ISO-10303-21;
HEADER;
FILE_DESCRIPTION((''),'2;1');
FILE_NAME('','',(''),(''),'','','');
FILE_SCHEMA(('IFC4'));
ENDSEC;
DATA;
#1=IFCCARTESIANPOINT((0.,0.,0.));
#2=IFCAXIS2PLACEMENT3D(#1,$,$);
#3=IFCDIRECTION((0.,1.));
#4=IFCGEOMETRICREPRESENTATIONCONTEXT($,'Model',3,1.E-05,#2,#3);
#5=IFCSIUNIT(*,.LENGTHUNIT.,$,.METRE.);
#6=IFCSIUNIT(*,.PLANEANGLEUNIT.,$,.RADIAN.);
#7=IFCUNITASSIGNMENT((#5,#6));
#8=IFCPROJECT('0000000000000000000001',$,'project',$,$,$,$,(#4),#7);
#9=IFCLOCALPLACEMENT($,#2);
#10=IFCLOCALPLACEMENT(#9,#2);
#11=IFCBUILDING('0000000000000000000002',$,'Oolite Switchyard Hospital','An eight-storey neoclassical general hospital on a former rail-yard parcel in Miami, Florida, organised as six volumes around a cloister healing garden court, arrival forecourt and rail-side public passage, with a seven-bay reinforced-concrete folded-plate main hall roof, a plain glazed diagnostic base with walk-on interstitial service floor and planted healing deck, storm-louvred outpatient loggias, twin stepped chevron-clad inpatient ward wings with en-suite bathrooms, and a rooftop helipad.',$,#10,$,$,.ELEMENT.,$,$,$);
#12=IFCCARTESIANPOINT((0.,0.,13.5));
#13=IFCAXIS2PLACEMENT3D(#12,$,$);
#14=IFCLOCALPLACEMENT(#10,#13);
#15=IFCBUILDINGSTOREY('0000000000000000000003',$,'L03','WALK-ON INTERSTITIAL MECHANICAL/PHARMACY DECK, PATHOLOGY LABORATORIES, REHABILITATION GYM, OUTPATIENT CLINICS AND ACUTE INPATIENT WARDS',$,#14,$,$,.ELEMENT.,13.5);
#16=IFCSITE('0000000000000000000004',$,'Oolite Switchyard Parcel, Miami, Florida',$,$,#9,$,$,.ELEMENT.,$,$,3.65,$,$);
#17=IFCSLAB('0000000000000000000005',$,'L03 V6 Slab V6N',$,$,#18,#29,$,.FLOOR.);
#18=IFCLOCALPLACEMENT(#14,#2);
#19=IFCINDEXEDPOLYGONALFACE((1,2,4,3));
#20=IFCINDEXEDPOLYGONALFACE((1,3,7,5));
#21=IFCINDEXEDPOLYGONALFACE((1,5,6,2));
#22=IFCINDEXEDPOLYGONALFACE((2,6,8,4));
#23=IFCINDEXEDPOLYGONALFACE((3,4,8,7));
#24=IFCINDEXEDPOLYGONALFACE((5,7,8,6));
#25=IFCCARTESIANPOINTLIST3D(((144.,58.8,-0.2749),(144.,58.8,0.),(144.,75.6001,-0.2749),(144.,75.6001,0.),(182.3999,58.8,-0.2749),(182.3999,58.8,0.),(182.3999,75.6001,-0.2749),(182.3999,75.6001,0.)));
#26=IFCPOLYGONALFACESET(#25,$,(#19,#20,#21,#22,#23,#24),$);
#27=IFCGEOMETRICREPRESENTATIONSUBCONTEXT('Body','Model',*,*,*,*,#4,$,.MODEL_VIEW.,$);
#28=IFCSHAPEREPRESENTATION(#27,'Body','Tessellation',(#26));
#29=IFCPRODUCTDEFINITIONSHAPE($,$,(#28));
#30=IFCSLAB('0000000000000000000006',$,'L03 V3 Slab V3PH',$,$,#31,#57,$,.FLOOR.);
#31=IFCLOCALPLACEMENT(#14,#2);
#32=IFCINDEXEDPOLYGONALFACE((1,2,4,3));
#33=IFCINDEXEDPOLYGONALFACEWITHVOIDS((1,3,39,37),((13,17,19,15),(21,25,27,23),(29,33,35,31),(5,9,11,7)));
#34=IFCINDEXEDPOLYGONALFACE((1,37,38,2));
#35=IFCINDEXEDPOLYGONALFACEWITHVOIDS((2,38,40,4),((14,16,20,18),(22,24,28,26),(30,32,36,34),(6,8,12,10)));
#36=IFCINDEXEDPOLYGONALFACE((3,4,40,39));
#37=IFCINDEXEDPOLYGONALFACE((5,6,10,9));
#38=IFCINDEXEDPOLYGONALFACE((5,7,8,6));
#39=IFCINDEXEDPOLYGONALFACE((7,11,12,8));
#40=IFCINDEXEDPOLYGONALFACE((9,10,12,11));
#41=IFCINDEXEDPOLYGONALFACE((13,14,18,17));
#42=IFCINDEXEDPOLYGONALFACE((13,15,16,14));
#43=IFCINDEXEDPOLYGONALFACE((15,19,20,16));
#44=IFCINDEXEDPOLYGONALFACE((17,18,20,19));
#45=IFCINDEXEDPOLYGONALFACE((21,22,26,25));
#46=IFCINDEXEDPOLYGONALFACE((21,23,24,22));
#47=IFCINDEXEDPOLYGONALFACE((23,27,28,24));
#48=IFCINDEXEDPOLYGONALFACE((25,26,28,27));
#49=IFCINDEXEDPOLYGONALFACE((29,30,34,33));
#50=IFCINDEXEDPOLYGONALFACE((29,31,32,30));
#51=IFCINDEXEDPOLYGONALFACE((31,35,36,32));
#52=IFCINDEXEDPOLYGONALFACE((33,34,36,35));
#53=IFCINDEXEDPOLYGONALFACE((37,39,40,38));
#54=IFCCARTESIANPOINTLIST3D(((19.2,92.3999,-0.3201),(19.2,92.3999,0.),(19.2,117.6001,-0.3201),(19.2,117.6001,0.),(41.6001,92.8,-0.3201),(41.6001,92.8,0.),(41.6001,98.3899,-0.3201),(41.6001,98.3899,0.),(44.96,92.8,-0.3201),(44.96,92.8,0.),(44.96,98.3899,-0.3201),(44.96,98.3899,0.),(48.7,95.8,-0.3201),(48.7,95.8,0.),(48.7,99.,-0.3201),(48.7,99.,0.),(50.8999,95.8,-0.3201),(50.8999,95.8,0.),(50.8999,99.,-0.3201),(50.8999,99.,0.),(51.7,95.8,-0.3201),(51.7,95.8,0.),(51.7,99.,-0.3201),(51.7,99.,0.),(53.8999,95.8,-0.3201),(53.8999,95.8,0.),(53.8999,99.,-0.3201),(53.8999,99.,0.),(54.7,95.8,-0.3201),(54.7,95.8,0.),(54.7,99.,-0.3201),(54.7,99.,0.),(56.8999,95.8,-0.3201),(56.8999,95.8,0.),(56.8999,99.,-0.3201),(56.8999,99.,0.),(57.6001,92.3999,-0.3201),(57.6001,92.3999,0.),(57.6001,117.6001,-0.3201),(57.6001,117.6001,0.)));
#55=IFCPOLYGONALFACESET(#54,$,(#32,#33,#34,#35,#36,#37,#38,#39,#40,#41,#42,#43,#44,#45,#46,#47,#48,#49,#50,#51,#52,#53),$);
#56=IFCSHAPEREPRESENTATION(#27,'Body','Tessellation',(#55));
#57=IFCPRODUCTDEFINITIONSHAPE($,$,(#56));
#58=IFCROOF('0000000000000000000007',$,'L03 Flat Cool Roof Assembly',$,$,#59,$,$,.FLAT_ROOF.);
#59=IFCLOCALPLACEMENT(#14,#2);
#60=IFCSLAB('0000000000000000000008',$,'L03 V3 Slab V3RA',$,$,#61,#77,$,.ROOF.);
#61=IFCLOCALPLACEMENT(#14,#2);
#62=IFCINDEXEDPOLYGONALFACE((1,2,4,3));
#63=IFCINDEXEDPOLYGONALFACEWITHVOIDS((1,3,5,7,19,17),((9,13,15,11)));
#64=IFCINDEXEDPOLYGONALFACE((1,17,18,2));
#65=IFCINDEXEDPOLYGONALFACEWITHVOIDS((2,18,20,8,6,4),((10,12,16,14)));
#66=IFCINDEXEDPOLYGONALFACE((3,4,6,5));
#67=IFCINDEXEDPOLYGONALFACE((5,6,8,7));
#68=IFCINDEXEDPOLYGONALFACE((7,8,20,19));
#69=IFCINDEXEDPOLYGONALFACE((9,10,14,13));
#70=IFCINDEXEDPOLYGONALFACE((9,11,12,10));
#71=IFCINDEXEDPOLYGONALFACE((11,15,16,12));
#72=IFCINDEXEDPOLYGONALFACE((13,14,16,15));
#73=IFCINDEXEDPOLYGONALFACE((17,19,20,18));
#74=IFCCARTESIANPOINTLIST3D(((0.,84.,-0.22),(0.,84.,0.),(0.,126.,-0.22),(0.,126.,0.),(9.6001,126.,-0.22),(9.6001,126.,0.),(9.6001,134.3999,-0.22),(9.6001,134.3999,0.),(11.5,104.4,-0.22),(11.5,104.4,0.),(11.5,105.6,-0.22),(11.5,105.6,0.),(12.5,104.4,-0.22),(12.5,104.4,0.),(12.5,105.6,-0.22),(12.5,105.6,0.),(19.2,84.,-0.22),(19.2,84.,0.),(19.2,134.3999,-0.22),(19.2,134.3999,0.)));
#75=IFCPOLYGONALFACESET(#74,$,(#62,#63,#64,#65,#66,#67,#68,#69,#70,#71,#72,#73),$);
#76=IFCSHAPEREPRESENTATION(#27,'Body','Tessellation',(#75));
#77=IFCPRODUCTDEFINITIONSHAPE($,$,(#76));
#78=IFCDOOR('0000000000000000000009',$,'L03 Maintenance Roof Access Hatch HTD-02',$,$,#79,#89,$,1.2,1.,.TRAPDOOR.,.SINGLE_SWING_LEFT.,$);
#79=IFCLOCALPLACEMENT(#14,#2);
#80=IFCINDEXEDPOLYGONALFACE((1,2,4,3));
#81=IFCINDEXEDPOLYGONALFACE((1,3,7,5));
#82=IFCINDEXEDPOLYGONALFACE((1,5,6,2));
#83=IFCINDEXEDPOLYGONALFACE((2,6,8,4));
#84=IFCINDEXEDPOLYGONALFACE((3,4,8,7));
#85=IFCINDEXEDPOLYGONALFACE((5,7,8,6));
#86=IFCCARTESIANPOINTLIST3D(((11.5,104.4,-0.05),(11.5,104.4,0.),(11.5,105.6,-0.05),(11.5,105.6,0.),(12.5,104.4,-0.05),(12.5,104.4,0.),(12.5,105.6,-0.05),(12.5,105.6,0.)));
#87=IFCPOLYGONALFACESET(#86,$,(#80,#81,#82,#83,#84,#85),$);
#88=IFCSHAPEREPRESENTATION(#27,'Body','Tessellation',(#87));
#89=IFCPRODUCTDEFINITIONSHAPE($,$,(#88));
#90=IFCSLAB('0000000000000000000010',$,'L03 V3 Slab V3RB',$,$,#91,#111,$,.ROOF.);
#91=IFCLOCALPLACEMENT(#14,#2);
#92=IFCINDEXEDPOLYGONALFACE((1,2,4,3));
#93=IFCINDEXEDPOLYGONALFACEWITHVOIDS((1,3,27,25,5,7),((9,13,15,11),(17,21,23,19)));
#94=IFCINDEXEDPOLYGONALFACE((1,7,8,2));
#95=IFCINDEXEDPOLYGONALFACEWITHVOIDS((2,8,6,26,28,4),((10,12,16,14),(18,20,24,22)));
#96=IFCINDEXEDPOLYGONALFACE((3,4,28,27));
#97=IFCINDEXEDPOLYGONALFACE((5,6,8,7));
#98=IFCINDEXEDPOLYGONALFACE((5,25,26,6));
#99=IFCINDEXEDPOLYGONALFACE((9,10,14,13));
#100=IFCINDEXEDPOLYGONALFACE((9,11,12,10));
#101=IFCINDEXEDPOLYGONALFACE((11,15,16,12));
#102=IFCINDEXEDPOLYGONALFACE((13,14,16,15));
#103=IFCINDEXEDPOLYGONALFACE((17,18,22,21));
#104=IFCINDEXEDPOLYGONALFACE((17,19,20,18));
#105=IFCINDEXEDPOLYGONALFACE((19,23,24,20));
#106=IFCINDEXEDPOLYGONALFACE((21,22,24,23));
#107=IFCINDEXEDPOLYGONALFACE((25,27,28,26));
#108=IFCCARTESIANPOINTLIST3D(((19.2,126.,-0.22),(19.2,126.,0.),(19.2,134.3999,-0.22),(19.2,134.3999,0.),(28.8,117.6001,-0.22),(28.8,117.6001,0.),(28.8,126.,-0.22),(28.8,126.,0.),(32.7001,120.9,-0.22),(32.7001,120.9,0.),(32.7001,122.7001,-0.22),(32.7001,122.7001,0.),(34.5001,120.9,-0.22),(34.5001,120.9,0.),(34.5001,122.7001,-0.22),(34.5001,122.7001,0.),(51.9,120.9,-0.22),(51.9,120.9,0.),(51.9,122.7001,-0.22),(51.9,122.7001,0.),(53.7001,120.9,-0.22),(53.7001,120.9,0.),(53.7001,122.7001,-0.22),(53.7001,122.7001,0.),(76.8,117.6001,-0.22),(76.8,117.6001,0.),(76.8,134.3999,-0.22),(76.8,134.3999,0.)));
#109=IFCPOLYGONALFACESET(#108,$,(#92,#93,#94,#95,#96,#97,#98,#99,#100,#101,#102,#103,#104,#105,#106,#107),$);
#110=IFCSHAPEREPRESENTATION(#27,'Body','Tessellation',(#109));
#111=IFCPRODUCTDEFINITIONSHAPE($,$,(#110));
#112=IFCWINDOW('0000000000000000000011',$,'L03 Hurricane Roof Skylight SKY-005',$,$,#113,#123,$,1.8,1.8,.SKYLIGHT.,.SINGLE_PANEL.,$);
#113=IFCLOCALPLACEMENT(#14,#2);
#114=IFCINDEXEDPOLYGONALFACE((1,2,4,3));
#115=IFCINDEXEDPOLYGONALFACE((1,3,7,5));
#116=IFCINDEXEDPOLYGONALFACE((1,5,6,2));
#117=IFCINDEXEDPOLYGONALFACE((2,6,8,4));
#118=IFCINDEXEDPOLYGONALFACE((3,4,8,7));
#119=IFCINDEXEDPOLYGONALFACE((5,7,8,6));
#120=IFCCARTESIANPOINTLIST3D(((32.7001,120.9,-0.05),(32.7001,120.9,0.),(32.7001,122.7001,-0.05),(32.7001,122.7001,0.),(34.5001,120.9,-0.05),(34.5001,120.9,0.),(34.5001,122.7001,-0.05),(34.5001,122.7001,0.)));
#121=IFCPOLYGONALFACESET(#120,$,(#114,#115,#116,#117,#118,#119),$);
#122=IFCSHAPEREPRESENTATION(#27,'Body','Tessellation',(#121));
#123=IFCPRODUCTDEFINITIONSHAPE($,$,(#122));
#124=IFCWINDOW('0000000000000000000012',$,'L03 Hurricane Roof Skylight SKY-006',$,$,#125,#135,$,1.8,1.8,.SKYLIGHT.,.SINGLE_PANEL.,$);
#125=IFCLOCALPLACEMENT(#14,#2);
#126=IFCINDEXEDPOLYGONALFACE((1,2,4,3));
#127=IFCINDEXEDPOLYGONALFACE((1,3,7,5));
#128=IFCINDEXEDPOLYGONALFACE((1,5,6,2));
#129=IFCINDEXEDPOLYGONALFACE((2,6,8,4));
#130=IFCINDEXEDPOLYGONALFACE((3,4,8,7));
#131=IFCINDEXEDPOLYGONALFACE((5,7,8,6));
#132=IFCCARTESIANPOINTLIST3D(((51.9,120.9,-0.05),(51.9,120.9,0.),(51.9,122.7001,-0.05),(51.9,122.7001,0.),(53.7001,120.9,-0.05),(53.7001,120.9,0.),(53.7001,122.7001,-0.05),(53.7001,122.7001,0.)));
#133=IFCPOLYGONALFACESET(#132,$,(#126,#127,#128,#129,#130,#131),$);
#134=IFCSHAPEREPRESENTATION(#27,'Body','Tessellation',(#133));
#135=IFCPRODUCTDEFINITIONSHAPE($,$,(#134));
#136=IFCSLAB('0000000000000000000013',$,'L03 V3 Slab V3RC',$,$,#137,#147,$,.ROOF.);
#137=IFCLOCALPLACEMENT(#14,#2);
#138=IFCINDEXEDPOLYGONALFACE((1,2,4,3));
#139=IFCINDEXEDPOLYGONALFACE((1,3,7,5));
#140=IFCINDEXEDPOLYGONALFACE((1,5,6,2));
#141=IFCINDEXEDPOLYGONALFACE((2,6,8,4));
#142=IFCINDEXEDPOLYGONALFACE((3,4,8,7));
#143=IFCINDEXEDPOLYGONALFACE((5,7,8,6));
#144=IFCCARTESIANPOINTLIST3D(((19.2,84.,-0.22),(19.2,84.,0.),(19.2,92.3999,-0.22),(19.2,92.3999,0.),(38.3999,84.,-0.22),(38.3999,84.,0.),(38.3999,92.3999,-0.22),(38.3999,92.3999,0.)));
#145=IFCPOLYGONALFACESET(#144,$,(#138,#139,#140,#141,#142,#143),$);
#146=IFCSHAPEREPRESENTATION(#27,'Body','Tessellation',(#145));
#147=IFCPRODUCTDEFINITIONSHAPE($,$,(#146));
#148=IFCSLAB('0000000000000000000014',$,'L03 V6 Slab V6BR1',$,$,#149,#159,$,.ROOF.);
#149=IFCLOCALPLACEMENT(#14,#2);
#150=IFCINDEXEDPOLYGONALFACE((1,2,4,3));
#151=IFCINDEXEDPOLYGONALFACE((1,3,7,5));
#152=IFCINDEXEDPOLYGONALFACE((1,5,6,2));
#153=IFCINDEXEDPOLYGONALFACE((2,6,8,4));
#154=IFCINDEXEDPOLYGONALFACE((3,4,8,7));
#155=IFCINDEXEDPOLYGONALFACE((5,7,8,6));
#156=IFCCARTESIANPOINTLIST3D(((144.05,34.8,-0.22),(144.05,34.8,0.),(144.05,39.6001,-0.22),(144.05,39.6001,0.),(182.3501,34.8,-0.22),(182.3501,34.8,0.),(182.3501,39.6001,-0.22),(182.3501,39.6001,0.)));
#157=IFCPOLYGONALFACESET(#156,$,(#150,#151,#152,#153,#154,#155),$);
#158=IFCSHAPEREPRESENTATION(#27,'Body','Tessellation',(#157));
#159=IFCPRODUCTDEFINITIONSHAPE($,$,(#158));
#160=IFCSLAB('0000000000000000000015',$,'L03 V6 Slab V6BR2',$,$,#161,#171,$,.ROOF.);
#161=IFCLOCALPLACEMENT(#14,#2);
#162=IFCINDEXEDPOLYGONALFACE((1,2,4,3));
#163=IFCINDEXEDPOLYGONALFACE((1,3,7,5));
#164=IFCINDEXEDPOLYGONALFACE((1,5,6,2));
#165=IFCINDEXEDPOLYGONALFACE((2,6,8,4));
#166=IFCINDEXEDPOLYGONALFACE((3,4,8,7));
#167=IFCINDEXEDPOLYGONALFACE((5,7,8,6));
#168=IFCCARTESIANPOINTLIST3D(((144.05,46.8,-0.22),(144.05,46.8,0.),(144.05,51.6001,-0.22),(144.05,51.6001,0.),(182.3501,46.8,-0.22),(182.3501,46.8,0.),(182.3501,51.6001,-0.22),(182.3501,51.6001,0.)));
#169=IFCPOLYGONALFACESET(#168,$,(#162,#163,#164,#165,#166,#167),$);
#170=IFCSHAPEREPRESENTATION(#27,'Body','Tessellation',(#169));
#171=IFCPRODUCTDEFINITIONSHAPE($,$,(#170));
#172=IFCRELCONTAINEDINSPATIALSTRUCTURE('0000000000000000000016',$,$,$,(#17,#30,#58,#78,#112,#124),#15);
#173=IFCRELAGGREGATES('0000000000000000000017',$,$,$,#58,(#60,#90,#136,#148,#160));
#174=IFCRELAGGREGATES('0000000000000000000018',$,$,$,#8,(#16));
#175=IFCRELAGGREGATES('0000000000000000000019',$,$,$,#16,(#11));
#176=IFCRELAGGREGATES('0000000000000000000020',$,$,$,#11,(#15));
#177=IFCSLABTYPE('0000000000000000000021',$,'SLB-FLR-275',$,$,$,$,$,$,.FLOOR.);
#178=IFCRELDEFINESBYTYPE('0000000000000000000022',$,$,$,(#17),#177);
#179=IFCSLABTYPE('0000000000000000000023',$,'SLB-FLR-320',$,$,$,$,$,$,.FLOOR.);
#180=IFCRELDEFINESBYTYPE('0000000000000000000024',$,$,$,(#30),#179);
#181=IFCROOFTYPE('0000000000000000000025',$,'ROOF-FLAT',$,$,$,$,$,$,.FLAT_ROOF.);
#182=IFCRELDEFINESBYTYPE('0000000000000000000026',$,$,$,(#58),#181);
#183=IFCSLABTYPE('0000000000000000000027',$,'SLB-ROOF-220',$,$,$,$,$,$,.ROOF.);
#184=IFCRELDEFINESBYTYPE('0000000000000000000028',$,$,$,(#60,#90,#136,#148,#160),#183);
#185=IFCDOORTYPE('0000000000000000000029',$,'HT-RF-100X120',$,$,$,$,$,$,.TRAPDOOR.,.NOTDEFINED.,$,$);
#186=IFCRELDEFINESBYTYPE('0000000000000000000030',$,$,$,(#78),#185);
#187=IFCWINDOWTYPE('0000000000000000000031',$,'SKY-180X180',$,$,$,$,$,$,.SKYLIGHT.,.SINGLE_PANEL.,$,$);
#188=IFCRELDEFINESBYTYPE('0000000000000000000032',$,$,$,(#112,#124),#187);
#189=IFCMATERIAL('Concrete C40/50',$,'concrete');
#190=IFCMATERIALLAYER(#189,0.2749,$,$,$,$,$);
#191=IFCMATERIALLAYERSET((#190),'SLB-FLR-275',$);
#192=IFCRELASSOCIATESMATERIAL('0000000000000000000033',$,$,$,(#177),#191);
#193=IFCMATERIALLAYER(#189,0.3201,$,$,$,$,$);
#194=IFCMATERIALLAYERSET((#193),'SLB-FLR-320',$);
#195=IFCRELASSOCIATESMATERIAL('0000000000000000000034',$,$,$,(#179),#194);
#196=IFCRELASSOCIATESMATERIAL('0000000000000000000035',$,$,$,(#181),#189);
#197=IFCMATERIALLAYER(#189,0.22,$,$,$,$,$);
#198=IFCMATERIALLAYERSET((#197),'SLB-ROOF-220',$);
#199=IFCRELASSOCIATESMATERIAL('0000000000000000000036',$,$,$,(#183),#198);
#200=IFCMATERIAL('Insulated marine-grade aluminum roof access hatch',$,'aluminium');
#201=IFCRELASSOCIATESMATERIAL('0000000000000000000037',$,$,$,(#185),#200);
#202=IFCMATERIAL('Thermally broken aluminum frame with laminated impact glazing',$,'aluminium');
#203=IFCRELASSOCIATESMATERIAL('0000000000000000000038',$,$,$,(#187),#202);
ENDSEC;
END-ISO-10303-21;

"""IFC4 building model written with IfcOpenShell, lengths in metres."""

from ifc_helpers import new_model, si_unit, direction, frame, origin, origin_2d, place, context, subcontext, project, spatial, polyline, rectangle, outline, extrude, material, layer, layer_set, type_object, element, fill, aggregate, save


model = new_model("IFC4")

# Units and contexts
model_context = context("Model", 3, precision=1e-05, world=origin(), true_north=direction((0.0, 1.0)))
body_context = subcontext(model_context, "Body", "Model", "MODEL_VIEW")
ifc_project = project(units=[si_unit("LENGTHUNIT", "METRE"), si_unit("PLANEANGLEUNIT", "RADIAN")], contexts=[model_context])

# Site, building, storey
site_placement = place(None, origin())
site = spatial("IfcSite", under=ifc_project, at=site_placement, Name="Oolite Switchyard Parcel, Miami, Florida", CompositionType="ELEMENT", RefElevation=3.65)
building_placement = place(site_placement, origin())
building = spatial("IfcBuilding", under=site, at=building_placement, Name="Oolite Switchyard Hospital", Description="An eight-storey neoclassical general hospital on a former rail-yard parcel in Miami, Florida, organised as six volumes around a cloister healing garden court, arrival forecourt and rail-side public passage, with a seven-bay reinforced-concrete folded-plate main hall roof, a plain glazed diagnostic base with walk-on interstitial service floor and planted healing deck, storm-louvred outpatient loggias, twin stepped chevron-clad inpatient ward wings with en-suite bathrooms, and a rooftop helipad.", CompositionType="ELEMENT")
storey_placement = place(building_placement, frame((0.0, 0.0, 13.5)))
storey = spatial("IfcBuildingStorey", under=building, at=storey_placement, Name="L03", Description="WALK-ON INTERSTITIAL MECHANICAL/PHARMACY DECK, PATHOLOGY LABORATORIES, REHABILITATION GYM, OUTPATIENT CLINICS AND ACUTE INPATIENT WARDS", CompositionType="ELEMENT", Elevation=13.5)

# Slabs
ifc_material_1 = material(Name="Concrete C40/50", Category="concrete")
ifc_layer_1 = layer(ifc_material_1, 0.2749)
ifc_layer_set_1 = layer_set([ifc_layer_1], Name="SLB-FLR-275")
slab_type_1 = type_object("IfcSlabType", Name="SLB-FLR-275", PredefinedType="FLOOR", material=ifc_layer_set_1)
slab_1_placement = place(storey_placement, frame((0.0, 0.0, -0.2749)))
element("IfcSlab", 1, at=slab_1_placement, inside=storey, type_object=slab_type_1, Name="L03 V6 Slab V6N", PredefinedType="FLOOR", context=body_context, shape_type="SweptSolid", body=[
    extrude(outline(polyline([(144.0, 58.8), (182.3999, 58.8), (182.3999, 75.6001), (144.0, 75.6001), (144.0, 58.8)])), origin(), (0.0, 0.0, 1.0), 0.2749),
])
ifc_layer_2 = layer(ifc_material_1, 0.3201)
ifc_layer_set_2 = layer_set([ifc_layer_2], Name="SLB-FLR-320")
slab_type_2 = type_object("IfcSlabType", Name="SLB-FLR-320", PredefinedType="FLOOR", material=ifc_layer_set_2)
slab_2_placement = place(storey_placement, frame((0.0, 0.0, -0.3201)))
element("IfcSlab", 2, at=slab_2_placement, inside=storey, type_object=slab_type_2, Name="L03 V3 Slab V3PH", PredefinedType="FLOOR", context=body_context, shape_type="SweptSolid", body=[
    extrude(outline(polyline([(19.2, 92.3999), (57.6001, 92.3999), (57.6001, 117.6001), (19.2, 117.6001), (19.2, 92.3999)]), holes=[polyline([(41.6001, 98.3899), (41.6001, 92.8), (44.96, 92.8), (44.96, 98.3899), (41.6001, 98.3899)]), polyline([(48.7, 95.8), (50.8999, 95.8), (50.8999, 99.0), (48.7, 99.0), (48.7, 95.8)]), polyline([(51.7, 95.8), (53.8999, 95.8), (53.8999, 99.0), (51.7, 99.0), (51.7, 95.8)]), polyline([(54.7, 95.8), (56.8999, 95.8), (56.8999, 99.0), (54.7, 99.0), (54.7, 95.8)])]), origin(), (0.0, 0.0, 1.0), 0.3201),
])

# Roof, slabs, openings, door, windows
roof_type = type_object("IfcRoofType", Name="ROOF-FLAT", PredefinedType="FLAT_ROOF", material=ifc_material_1)
roof_placement = place(storey_placement, origin())
roof = element("IfcRoof", 3, at=roof_placement, inside=storey, type_object=roof_type, Name="L03 Flat Cool Roof Assembly", PredefinedType="FLAT_ROOF")
ifc_layer_3 = layer(ifc_material_1, 0.22)
ifc_layer_set_3 = layer_set([ifc_layer_3], Name="SLB-ROOF-220")
slab_type_3 = type_object("IfcSlabType", Name="SLB-ROOF-220", PredefinedType="ROOF", material=ifc_layer_set_3)
slab_3_placement = place(storey_placement, frame((0.0, 0.0, -0.22)))
slab_3 = element("IfcSlab", 4, at=slab_3_placement, type_object=slab_type_3, Name="L03 V3 Slab V3RA", PredefinedType="ROOF", context=body_context, shape_type="SweptSolid", body=[
    extrude(outline(polyline([(0.0, 84.0), (19.2, 84.0), (19.2, 134.3999), (9.6001, 134.3999), (9.6001, 126.0), (0.0, 126.0), (0.0, 84.0)])), origin(), (0.0, 0.0, 1.0), 0.22),
])
opening_1_placement = place(slab_3_placement, frame((12.0, 105.0, 0.0)))
opening_1 = element("IfcOpeningElement", 5, at=opening_1_placement, cuts=slab_3, PredefinedType="OPENING", context=body_context, shape_type="SweptSolid", body=[
    extrude(rectangle(XDim=1.0, YDim=1.2, at=origin_2d()), frame((0.0, 0.0, -0.01), z_axis=(0.0, 0.0, 1.0), x_axis=(1.0, 0.0, 0.0)), (0.0, 0.0, 1.0), 0.24),
])
ifc_material_2 = material(Name="Insulated marine-grade aluminum roof access hatch", Category="aluminium")
door_type = type_object("IfcDoorType", Name="HT-RF-100X120", OperationType="NOTDEFINED", PredefinedType="TRAPDOOR", material=ifc_material_2)
door_placement = place(opening_1_placement, frame((0.0, 0.0, 0.1699)))
door = element("IfcDoor", 6, at=door_placement, inside=storey, type_object=door_type, Name="L03 Maintenance Roof Access Hatch HTD-02", OperationType="SINGLE_SWING_LEFT", OverallHeight=1.2, OverallWidth=1.0, PredefinedType="TRAPDOOR", context=body_context, shape_type="SweptSolid", body=[
    extrude(rectangle(XDim=1.0, YDim=1.2, at=origin_2d()), origin(), (0.0, 0.0, 1.0), 0.05),
])
fill(opening_1, door)
slab_4_placement = place(storey_placement, frame((0.0, 0.0, -0.22)))
slab_4 = element("IfcSlab", 7, at=slab_4_placement, type_object=slab_type_3, Name="L03 V3 Slab V3RB", PredefinedType="ROOF", context=body_context, shape_type="SweptSolid", body=[
    extrude(outline(polyline([(28.8, 117.6001), (76.8, 117.6001), (76.8, 134.3999), (19.2, 134.3999), (19.2, 126.0), (28.8, 126.0), (28.8, 117.6001)])), origin(), (0.0, 0.0, 1.0), 0.22),
])
opening_2_placement = place(slab_4_placement, frame((33.6001, 121.8, 0.0)))
opening_2 = element("IfcOpeningElement", 8, at=opening_2_placement, cuts=slab_4, PredefinedType="OPENING", context=body_context, shape_type="SweptSolid", body=[
    extrude(rectangle(XDim=1.8, YDim=1.8, at=origin_2d()), frame((0.0, 0.0, -0.01), z_axis=(0.0, 0.0, 1.0), x_axis=(1.0, 0.0, 0.0)), (0.0, 0.0, 1.0), 0.24),
])
opening_3_placement = place(slab_4_placement, frame((52.8, 121.8, 0.0)))
opening_3 = element("IfcOpeningElement", 9, at=opening_3_placement, cuts=slab_4, PredefinedType="OPENING", context=body_context, shape_type="SweptSolid", body=[
    extrude(rectangle(XDim=1.8, YDim=1.8, at=origin_2d()), frame((0.0, 0.0, -0.01), z_axis=(0.0, 0.0, 1.0), x_axis=(1.0, 0.0, 0.0)), (0.0, 0.0, 1.0), 0.24),
])
ifc_material_3 = material(Name="Thermally broken aluminum frame with laminated impact glazing", Category="aluminium")
window_type = type_object("IfcWindowType", Name="SKY-180X180", PartitioningType="SINGLE_PANEL", PredefinedType="SKYLIGHT", material=ifc_material_3)
window_1_placement = place(opening_2_placement, frame((0.0, 0.0, 0.1699)))
window_1 = element("IfcWindow", 10, at=window_1_placement, inside=storey, type_object=window_type, Name="L03 Hurricane Roof Skylight SKY-005", OverallHeight=1.8, OverallWidth=1.8, PartitioningType="SINGLE_PANEL", PredefinedType="SKYLIGHT", context=body_context, shape_type="SweptSolid", body=[
    extrude(rectangle(XDim=1.8, YDim=1.8, at=origin_2d()), origin(), (0.0, 0.0, 1.0), 0.05),
])
fill(opening_2, window_1)
window_2_placement = place(opening_3_placement, frame((0.0, 0.0, 0.1699)))
window_2 = element("IfcWindow", 11, at=window_2_placement, inside=storey, type_object=window_type, Name="L03 Hurricane Roof Skylight SKY-006", OverallHeight=1.8, OverallWidth=1.8, PartitioningType="SINGLE_PANEL", PredefinedType="SKYLIGHT", context=body_context, shape_type="SweptSolid", body=[
    extrude(rectangle(XDim=1.8, YDim=1.8, at=origin_2d()), origin(), (0.0, 0.0, 1.0), 0.05),
])
fill(opening_3, window_2)
slab_5_placement = place(storey_placement, frame((0.0, 0.0, -0.22)))
slab_5 = element("IfcSlab", 12, at=slab_5_placement, type_object=slab_type_3, Name="L03 V3 Slab V3RC", PredefinedType="ROOF", context=body_context, shape_type="SweptSolid", body=[
    extrude(outline(polyline([(19.2, 84.0), (38.3999, 84.0), (38.3999, 92.3999), (19.2, 92.3999), (19.2, 84.0)])), origin(), (0.0, 0.0, 1.0), 0.22),
])
slab_6_placement = place(storey_placement, frame((0.0, 0.0, -0.22)))
slab_6 = element("IfcSlab", 13, at=slab_6_placement, type_object=slab_type_3, Name="L03 V6 Slab V6BR1", PredefinedType="ROOF", context=body_context, shape_type="SweptSolid", body=[
    extrude(outline(polyline([(144.05, 34.8), (182.3501, 34.8), (182.3501, 39.6001), (144.05, 39.6001), (144.05, 34.8)])), origin(), (0.0, 0.0, 1.0), 0.22),
])
slab_7_placement = place(storey_placement, frame((0.0, 0.0, -0.22)))
slab_7 = element("IfcSlab", 14, at=slab_7_placement, type_object=slab_type_3, Name="L03 V6 Slab V6BR2", PredefinedType="ROOF", context=body_context, shape_type="SweptSolid", body=[
    extrude(outline(polyline([(144.05, 46.8), (182.3501, 46.8), (182.3501, 51.6001), (144.05, 51.6001), (144.05, 46.8)])), origin(), (0.0, 0.0, 1.0), 0.22),
])
aggregate(roof, [slab_3, slab_4, slab_5, slab_6, slab_7])

save(model, "model.ifc")
